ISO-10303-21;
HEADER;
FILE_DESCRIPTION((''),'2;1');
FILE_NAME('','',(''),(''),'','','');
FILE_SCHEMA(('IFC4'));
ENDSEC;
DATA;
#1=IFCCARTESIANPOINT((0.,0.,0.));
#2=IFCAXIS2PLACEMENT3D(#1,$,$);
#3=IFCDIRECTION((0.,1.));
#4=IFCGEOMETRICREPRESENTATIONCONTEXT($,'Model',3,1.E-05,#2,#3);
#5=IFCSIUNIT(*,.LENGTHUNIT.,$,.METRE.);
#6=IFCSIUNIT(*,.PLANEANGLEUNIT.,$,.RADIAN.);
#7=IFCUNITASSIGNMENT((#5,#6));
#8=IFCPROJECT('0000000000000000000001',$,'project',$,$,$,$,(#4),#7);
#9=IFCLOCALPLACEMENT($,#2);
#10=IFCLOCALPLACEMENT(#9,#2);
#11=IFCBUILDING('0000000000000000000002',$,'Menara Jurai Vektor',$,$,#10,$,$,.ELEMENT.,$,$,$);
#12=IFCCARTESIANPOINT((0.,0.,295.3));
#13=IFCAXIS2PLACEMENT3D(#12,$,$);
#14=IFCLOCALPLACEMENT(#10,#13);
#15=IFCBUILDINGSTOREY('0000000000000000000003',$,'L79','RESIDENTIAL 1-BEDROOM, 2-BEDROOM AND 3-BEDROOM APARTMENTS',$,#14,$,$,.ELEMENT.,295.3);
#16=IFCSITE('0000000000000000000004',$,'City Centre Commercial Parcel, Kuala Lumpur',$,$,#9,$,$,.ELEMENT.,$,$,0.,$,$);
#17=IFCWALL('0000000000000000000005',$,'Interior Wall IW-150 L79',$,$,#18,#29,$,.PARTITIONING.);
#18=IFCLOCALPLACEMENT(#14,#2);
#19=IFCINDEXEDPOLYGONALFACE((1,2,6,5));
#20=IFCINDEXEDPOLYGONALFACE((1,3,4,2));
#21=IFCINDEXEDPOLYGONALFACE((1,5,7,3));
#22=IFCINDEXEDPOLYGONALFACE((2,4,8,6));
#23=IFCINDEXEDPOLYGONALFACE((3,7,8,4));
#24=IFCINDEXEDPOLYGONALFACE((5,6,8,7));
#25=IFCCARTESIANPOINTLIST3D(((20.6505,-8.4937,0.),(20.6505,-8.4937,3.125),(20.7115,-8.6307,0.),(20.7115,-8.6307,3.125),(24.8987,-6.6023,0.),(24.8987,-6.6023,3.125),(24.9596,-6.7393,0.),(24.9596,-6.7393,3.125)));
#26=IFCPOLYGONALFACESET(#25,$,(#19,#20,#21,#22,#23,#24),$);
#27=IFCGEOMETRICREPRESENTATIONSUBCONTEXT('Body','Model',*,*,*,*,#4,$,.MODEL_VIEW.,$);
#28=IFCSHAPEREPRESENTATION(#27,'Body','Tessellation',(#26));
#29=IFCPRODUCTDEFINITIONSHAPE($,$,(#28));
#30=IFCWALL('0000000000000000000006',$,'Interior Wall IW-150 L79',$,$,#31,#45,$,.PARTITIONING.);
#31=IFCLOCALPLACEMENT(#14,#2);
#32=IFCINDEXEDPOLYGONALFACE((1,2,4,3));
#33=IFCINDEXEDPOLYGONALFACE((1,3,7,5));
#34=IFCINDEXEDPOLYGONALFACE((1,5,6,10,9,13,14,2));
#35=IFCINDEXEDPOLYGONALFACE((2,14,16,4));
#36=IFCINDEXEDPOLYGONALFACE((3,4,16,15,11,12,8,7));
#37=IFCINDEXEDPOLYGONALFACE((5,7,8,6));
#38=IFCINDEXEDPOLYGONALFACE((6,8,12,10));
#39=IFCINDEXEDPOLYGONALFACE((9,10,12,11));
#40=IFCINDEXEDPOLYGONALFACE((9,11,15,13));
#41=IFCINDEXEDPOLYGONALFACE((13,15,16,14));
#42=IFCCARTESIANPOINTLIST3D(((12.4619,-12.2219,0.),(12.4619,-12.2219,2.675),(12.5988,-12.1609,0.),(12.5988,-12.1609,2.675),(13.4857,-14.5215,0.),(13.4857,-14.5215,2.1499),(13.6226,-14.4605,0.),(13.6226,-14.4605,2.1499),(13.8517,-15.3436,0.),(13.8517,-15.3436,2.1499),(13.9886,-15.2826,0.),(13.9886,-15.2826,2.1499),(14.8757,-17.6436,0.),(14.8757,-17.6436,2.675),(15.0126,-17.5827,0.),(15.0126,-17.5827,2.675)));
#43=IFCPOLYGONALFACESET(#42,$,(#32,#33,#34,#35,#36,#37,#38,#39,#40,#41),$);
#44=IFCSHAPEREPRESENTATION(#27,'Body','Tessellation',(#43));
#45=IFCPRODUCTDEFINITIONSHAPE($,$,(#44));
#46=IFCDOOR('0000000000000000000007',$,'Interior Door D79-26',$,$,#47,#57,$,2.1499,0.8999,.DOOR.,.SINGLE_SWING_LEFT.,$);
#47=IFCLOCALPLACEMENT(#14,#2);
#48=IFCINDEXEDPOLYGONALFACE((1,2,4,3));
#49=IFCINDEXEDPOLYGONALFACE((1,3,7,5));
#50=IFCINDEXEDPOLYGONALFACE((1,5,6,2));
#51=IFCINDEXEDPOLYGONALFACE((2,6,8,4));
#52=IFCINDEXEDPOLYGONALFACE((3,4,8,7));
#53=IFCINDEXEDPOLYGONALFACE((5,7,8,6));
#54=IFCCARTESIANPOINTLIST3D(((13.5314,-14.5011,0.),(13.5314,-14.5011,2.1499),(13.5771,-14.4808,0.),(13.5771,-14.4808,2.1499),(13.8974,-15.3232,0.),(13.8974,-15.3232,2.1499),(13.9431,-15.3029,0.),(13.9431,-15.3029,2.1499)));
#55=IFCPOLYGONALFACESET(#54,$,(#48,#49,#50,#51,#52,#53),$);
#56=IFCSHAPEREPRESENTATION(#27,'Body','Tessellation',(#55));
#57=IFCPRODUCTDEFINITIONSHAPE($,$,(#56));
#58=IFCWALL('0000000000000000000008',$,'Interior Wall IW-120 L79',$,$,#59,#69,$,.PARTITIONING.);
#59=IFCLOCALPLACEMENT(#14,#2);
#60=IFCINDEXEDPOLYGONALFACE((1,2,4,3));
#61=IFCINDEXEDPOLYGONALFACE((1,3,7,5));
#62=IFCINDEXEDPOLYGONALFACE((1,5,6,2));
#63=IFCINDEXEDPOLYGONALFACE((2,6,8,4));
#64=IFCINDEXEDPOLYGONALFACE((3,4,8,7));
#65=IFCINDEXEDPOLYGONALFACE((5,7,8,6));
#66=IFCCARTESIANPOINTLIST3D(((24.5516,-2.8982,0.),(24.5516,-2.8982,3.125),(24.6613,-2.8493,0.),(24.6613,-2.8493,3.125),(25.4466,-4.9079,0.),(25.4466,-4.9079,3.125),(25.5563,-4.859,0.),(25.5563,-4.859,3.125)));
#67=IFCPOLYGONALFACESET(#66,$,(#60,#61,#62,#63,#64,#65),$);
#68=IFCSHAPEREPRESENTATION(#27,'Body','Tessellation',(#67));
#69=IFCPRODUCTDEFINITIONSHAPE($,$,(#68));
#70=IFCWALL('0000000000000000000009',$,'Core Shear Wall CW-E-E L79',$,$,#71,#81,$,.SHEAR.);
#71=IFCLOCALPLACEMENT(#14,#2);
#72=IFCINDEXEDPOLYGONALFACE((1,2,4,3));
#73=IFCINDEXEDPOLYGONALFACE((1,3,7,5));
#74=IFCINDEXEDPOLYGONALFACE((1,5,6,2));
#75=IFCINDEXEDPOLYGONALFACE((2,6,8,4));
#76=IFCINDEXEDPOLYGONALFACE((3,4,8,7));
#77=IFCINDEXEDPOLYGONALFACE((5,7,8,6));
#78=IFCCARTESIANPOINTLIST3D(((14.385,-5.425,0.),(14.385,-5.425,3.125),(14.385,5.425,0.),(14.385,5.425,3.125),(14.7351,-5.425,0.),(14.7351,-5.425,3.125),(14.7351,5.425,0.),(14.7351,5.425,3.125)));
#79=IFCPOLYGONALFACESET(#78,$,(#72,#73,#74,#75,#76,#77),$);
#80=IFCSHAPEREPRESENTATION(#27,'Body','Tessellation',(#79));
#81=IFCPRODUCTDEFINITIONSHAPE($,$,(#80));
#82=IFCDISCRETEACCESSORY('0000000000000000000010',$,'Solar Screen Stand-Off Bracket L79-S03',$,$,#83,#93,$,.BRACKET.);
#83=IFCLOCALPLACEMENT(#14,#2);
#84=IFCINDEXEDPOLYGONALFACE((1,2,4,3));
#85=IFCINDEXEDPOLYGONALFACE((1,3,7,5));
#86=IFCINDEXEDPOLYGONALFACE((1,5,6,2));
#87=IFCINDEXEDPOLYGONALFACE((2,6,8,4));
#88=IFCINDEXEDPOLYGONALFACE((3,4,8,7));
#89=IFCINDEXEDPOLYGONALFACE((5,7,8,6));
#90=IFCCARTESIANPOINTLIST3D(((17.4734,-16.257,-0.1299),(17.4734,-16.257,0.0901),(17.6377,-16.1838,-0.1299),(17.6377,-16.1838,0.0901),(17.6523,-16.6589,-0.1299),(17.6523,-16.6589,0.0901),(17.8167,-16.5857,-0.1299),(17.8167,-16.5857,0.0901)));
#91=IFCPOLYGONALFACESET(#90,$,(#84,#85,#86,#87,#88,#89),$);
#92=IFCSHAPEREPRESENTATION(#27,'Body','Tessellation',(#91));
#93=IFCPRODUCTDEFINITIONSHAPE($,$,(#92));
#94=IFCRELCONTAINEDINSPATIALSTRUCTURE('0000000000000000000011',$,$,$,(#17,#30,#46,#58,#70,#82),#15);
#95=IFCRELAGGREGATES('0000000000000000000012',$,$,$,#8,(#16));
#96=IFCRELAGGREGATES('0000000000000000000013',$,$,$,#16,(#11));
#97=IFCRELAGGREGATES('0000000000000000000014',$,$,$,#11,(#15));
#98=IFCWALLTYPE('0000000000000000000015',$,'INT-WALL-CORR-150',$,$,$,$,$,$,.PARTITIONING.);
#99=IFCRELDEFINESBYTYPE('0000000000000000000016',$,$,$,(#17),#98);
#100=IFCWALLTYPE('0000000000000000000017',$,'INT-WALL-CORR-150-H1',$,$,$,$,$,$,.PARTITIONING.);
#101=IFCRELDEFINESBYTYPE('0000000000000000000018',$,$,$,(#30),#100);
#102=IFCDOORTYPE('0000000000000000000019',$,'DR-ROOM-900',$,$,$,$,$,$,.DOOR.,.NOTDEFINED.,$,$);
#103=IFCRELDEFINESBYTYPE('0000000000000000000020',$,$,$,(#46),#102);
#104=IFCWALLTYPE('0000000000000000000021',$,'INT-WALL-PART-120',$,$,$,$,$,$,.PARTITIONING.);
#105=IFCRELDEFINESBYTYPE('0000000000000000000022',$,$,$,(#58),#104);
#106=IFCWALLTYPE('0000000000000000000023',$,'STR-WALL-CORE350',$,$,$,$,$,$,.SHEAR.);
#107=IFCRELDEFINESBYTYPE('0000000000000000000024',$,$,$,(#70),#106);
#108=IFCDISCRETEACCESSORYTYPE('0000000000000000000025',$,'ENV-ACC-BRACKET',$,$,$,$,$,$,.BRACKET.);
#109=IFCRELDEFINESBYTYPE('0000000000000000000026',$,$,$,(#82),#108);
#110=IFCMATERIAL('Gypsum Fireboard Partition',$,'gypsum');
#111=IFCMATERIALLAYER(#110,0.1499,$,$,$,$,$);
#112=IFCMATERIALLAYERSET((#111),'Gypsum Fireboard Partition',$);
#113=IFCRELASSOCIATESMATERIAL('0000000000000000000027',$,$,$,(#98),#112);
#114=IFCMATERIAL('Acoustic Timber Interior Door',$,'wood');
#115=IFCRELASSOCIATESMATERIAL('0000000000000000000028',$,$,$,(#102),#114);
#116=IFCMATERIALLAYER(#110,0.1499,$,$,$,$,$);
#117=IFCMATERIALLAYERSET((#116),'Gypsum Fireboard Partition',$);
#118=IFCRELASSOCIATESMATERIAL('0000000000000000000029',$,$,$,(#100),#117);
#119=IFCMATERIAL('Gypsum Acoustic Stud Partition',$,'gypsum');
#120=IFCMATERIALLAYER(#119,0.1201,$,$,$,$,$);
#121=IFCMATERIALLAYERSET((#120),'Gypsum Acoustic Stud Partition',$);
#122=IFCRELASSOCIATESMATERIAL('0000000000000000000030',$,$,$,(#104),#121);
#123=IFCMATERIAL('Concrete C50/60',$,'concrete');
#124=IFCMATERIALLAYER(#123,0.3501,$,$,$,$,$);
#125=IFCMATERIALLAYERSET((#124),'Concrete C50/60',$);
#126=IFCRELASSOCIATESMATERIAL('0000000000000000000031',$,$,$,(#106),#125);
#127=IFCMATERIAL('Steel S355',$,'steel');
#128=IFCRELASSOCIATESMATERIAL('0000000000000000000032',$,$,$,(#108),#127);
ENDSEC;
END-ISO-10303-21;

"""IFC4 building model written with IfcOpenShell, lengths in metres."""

from ifc_helpers import new_model, si_unit, direction, frame, frame_2d, origin, origin_2d, place, context, subcontext, project, spatial, rectangle, extrude, material, layer, layer_set, type_object, element, fill, save


model = new_model("IFC4")

# Units and contexts
model_context = context("Model", 3, precision=1e-05, world=origin(), true_north=direction((0.0, 1.0)))
body_context = subcontext(model_context, "Body", "Model", "MODEL_VIEW")
ifc_project = project(units=[si_unit("LENGTHUNIT", "METRE"), si_unit("PLANEANGLEUNIT", "RADIAN")], contexts=[model_context])

# Site, building, storey
site_placement = place(None, origin())
site = spatial("IfcSite", under=ifc_project, at=site_placement, Name="City Centre Commercial Parcel, Kuala Lumpur", CompositionType="ELEMENT", RefElevation=0.0)
building_placement = place(site_placement, origin())
building = spatial("IfcBuilding", under=site, at=building_placement, Name="Menara Jurai Vektor", CompositionType="ELEMENT")
storey_placement = place(building_placement, frame((0.0, 0.0, 295.3)))
storey = spatial("IfcBuildingStorey", under=building, at=storey_placement, Name="L79", Description="RESIDENTIAL 1-BEDROOM, 2-BEDROOM AND 3-BEDROOM APARTMENTS", CompositionType="ELEMENT", Elevation=295.3)

# Shared definitions
ifc_material_1 = material(Name="Concrete C50/60", Category="concrete")

# Shared definitions
ifc_material_2 = material(Name="Steel S355", Category="steel")

# Shared definitions
ifc_material_3 = material(Name="Gypsum Fireboard Partition", Category="gypsum")
ifc_layer_1 = layer(ifc_material_3, 0.1499)
ifc_layer_set_1 = layer_set([ifc_layer_1], Name="Gypsum Fireboard Partition")
wall_type_1 = type_object("IfcWallType", Name="INT-WALL-CORR-150", PredefinedType="PARTITIONING", material=ifc_layer_set_1)

# Shared definitions
ifc_material_4 = material(Name="Acoustic Timber Interior Door", Category="wood")
door_type_1 = type_object("IfcDoorType", Name="DR-ROOM-900", OperationType="NOTDEFINED", PredefinedType="DOOR", material=ifc_material_4)

# Wall
wall_1_placement = place(storey_placement, frame((20.6809, -8.5623, 0.0), z_axis=(0.0, 0.0, 1.0), x_axis=(0.913545, 0.406738, 0.0)))
element("IfcWall", 1, at=wall_1_placement, inside=storey, type_object=wall_type_1, Name="Interior Wall IW-150 L79", PredefinedType="PARTITIONING", context=body_context, shape_type="SweptSolid", body=[
    extrude(rectangle(XDim=4.6501, YDim=0.1499, at=frame_2d((2.3252, 0.0))), origin(), (0.0, 0.0, 1.0), 3.125),
])

# Wall, opening, door
ifc_layer_2 = layer(ifc_material_3, 0.1499)
ifc_layer_set_2 = layer_set([ifc_layer_2], Name="Gypsum Fireboard Partition")
wall_type_2 = type_object("IfcWallType", Name="INT-WALL-CORR-150-H1", PredefinedType="PARTITIONING", material=ifc_layer_set_2)
wall_2_placement = place(storey_placement, frame((14.9441, -17.613, 0.0), z_axis=(0.0, 0.0, 1.0), x_axis=(-0.406715, 0.913555, 0.0)))
wall_2 = element("IfcWall", 2, at=wall_2_placement, inside=storey, type_object=wall_type_2, Name="Interior Wall IW-150 L79", PredefinedType="PARTITIONING", context=body_context, shape_type="SweptSolid", body=[
    extrude(rectangle(XDim=5.9348, YDim=0.1499, at=frame_2d((2.9673, 0.0))), origin(), (0.0, 0.0, 1.0), 2.675),
])
opening_1_placement = place(wall_2_placement, frame((2.5176, 0.0, 0.0)))
opening_1 = element("IfcOpeningElement", 3, at=opening_1_placement, cuts=wall_2, PredefinedType="OPENING", context=body_context, shape_type="SweptSolid", body=[
    extrude(rectangle(XDim=0.8999, YDim=2.1499, at=frame_2d((0.45, 1.075))), frame((0.0, 0.085, 0.0), z_axis=(0.0, -1.0, 0.0), x_axis=(1.0, 0.0, 0.0)), (0.0, 0.0, 1.0), 0.1699),
])
door_1_placement = place(opening_1_placement, origin())
door_1 = element("IfcDoor", 4, at=door_1_placement, inside=storey, type_object=door_type_1, Name="Interior Door D79-26", OperationType="SINGLE_SWING_LEFT", OverallHeight=2.1499, OverallWidth=0.8999, PredefinedType="DOOR", context=body_context, shape_type="SweptSolid", body=[
    extrude(rectangle(XDim=0.8999, YDim=2.1499, at=frame_2d((0.45, 1.075))), frame((0.0, 0.0249, 0.0), z_axis=(0.0, -1.0, 0.0), x_axis=(1.0, 0.0, 0.0)), (0.0, 0.0, 1.0), 0.05),
])
fill(opening_1, door_1)

# Walls
ifc_material_5 = material(Name="Gypsum Acoustic Stud Partition", Category="gypsum")
ifc_layer_3 = layer(ifc_material_5, 0.1201)
ifc_layer_set_3 = layer_set([ifc_layer_3], Name="Gypsum Acoustic Stud Partition")
wall_type_3 = type_object("IfcWallType", Name="INT-WALL-PART-120", PredefinedType="PARTITIONING", material=ifc_layer_set_3)
wall_3_placement = place(storey_placement, frame((25.5015, -4.8835, 0.0), z_axis=(0.0, 0.0, 1.0), x_axis=(-0.406818, 0.913509, 0.0)))
element("IfcWall", 5, at=wall_3_placement, inside=storey, type_object=wall_type_3, Name="Interior Wall IW-120 L79", PredefinedType="PARTITIONING", context=body_context, shape_type="SweptSolid", body=[
    extrude(rectangle(XDim=2.2, YDim=0.1201, at=frame_2d((1.1001, 0.0))), origin(), (0.0, 0.0, 1.0), 3.125),
])
ifc_layer_4 = layer(ifc_material_1, 0.3501)
ifc_layer_set_4 = layer_set([ifc_layer_4], Name="Concrete C50/60")
wall_type_4 = type_object("IfcWallType", Name="STR-WALL-CORE350", PredefinedType="SHEAR", material=ifc_layer_set_4)
wall_4_placement = place(storey_placement, frame((14.5601, -5.425, 0.0), z_axis=(0.0, 0.0, 1.0), x_axis=(0.0, 1.0, 0.0)))
element("IfcWall", 6, at=wall_4_placement, inside=storey, type_object=wall_type_4, Name="Core Shear Wall CW-E-E L79", PredefinedType="SHEAR", context=body_context, shape_type="SweptSolid", body=[
    extrude(rectangle(XDim=10.8501, YDim=0.3501, at=frame_2d((5.425, 0.0))), origin(), (0.0, 0.0, 1.0), 3.125),
])

# Discrete accessory
discrete_accessory_type = type_object("IfcDiscreteAccessoryType", Name="ENV-ACC-BRACKET", PredefinedType="BRACKET", material=ifc_material_2)
discrete_accessory_placement = place(storey_placement, frame((17.645, -16.4214, -0.1299), z_axis=(0.0, 0.0, 1.0), x_axis=(0.913545, 0.406737, 0.0)))
element("IfcDiscreteAccessory", 7, at=discrete_accessory_placement, inside=storey, type_object=discrete_accessory_type, Name="Solar Screen Stand-Off Bracket L79-S03", PredefinedType="BRACKET", context=body_context, shape_type="SweptSolid", body=[
    extrude(rectangle(XDim=0.1799, YDim=0.4399, at=origin_2d()), origin(), (0.0, 0.0, 1.0), 0.22),
])

save(model, "model.ifc")
